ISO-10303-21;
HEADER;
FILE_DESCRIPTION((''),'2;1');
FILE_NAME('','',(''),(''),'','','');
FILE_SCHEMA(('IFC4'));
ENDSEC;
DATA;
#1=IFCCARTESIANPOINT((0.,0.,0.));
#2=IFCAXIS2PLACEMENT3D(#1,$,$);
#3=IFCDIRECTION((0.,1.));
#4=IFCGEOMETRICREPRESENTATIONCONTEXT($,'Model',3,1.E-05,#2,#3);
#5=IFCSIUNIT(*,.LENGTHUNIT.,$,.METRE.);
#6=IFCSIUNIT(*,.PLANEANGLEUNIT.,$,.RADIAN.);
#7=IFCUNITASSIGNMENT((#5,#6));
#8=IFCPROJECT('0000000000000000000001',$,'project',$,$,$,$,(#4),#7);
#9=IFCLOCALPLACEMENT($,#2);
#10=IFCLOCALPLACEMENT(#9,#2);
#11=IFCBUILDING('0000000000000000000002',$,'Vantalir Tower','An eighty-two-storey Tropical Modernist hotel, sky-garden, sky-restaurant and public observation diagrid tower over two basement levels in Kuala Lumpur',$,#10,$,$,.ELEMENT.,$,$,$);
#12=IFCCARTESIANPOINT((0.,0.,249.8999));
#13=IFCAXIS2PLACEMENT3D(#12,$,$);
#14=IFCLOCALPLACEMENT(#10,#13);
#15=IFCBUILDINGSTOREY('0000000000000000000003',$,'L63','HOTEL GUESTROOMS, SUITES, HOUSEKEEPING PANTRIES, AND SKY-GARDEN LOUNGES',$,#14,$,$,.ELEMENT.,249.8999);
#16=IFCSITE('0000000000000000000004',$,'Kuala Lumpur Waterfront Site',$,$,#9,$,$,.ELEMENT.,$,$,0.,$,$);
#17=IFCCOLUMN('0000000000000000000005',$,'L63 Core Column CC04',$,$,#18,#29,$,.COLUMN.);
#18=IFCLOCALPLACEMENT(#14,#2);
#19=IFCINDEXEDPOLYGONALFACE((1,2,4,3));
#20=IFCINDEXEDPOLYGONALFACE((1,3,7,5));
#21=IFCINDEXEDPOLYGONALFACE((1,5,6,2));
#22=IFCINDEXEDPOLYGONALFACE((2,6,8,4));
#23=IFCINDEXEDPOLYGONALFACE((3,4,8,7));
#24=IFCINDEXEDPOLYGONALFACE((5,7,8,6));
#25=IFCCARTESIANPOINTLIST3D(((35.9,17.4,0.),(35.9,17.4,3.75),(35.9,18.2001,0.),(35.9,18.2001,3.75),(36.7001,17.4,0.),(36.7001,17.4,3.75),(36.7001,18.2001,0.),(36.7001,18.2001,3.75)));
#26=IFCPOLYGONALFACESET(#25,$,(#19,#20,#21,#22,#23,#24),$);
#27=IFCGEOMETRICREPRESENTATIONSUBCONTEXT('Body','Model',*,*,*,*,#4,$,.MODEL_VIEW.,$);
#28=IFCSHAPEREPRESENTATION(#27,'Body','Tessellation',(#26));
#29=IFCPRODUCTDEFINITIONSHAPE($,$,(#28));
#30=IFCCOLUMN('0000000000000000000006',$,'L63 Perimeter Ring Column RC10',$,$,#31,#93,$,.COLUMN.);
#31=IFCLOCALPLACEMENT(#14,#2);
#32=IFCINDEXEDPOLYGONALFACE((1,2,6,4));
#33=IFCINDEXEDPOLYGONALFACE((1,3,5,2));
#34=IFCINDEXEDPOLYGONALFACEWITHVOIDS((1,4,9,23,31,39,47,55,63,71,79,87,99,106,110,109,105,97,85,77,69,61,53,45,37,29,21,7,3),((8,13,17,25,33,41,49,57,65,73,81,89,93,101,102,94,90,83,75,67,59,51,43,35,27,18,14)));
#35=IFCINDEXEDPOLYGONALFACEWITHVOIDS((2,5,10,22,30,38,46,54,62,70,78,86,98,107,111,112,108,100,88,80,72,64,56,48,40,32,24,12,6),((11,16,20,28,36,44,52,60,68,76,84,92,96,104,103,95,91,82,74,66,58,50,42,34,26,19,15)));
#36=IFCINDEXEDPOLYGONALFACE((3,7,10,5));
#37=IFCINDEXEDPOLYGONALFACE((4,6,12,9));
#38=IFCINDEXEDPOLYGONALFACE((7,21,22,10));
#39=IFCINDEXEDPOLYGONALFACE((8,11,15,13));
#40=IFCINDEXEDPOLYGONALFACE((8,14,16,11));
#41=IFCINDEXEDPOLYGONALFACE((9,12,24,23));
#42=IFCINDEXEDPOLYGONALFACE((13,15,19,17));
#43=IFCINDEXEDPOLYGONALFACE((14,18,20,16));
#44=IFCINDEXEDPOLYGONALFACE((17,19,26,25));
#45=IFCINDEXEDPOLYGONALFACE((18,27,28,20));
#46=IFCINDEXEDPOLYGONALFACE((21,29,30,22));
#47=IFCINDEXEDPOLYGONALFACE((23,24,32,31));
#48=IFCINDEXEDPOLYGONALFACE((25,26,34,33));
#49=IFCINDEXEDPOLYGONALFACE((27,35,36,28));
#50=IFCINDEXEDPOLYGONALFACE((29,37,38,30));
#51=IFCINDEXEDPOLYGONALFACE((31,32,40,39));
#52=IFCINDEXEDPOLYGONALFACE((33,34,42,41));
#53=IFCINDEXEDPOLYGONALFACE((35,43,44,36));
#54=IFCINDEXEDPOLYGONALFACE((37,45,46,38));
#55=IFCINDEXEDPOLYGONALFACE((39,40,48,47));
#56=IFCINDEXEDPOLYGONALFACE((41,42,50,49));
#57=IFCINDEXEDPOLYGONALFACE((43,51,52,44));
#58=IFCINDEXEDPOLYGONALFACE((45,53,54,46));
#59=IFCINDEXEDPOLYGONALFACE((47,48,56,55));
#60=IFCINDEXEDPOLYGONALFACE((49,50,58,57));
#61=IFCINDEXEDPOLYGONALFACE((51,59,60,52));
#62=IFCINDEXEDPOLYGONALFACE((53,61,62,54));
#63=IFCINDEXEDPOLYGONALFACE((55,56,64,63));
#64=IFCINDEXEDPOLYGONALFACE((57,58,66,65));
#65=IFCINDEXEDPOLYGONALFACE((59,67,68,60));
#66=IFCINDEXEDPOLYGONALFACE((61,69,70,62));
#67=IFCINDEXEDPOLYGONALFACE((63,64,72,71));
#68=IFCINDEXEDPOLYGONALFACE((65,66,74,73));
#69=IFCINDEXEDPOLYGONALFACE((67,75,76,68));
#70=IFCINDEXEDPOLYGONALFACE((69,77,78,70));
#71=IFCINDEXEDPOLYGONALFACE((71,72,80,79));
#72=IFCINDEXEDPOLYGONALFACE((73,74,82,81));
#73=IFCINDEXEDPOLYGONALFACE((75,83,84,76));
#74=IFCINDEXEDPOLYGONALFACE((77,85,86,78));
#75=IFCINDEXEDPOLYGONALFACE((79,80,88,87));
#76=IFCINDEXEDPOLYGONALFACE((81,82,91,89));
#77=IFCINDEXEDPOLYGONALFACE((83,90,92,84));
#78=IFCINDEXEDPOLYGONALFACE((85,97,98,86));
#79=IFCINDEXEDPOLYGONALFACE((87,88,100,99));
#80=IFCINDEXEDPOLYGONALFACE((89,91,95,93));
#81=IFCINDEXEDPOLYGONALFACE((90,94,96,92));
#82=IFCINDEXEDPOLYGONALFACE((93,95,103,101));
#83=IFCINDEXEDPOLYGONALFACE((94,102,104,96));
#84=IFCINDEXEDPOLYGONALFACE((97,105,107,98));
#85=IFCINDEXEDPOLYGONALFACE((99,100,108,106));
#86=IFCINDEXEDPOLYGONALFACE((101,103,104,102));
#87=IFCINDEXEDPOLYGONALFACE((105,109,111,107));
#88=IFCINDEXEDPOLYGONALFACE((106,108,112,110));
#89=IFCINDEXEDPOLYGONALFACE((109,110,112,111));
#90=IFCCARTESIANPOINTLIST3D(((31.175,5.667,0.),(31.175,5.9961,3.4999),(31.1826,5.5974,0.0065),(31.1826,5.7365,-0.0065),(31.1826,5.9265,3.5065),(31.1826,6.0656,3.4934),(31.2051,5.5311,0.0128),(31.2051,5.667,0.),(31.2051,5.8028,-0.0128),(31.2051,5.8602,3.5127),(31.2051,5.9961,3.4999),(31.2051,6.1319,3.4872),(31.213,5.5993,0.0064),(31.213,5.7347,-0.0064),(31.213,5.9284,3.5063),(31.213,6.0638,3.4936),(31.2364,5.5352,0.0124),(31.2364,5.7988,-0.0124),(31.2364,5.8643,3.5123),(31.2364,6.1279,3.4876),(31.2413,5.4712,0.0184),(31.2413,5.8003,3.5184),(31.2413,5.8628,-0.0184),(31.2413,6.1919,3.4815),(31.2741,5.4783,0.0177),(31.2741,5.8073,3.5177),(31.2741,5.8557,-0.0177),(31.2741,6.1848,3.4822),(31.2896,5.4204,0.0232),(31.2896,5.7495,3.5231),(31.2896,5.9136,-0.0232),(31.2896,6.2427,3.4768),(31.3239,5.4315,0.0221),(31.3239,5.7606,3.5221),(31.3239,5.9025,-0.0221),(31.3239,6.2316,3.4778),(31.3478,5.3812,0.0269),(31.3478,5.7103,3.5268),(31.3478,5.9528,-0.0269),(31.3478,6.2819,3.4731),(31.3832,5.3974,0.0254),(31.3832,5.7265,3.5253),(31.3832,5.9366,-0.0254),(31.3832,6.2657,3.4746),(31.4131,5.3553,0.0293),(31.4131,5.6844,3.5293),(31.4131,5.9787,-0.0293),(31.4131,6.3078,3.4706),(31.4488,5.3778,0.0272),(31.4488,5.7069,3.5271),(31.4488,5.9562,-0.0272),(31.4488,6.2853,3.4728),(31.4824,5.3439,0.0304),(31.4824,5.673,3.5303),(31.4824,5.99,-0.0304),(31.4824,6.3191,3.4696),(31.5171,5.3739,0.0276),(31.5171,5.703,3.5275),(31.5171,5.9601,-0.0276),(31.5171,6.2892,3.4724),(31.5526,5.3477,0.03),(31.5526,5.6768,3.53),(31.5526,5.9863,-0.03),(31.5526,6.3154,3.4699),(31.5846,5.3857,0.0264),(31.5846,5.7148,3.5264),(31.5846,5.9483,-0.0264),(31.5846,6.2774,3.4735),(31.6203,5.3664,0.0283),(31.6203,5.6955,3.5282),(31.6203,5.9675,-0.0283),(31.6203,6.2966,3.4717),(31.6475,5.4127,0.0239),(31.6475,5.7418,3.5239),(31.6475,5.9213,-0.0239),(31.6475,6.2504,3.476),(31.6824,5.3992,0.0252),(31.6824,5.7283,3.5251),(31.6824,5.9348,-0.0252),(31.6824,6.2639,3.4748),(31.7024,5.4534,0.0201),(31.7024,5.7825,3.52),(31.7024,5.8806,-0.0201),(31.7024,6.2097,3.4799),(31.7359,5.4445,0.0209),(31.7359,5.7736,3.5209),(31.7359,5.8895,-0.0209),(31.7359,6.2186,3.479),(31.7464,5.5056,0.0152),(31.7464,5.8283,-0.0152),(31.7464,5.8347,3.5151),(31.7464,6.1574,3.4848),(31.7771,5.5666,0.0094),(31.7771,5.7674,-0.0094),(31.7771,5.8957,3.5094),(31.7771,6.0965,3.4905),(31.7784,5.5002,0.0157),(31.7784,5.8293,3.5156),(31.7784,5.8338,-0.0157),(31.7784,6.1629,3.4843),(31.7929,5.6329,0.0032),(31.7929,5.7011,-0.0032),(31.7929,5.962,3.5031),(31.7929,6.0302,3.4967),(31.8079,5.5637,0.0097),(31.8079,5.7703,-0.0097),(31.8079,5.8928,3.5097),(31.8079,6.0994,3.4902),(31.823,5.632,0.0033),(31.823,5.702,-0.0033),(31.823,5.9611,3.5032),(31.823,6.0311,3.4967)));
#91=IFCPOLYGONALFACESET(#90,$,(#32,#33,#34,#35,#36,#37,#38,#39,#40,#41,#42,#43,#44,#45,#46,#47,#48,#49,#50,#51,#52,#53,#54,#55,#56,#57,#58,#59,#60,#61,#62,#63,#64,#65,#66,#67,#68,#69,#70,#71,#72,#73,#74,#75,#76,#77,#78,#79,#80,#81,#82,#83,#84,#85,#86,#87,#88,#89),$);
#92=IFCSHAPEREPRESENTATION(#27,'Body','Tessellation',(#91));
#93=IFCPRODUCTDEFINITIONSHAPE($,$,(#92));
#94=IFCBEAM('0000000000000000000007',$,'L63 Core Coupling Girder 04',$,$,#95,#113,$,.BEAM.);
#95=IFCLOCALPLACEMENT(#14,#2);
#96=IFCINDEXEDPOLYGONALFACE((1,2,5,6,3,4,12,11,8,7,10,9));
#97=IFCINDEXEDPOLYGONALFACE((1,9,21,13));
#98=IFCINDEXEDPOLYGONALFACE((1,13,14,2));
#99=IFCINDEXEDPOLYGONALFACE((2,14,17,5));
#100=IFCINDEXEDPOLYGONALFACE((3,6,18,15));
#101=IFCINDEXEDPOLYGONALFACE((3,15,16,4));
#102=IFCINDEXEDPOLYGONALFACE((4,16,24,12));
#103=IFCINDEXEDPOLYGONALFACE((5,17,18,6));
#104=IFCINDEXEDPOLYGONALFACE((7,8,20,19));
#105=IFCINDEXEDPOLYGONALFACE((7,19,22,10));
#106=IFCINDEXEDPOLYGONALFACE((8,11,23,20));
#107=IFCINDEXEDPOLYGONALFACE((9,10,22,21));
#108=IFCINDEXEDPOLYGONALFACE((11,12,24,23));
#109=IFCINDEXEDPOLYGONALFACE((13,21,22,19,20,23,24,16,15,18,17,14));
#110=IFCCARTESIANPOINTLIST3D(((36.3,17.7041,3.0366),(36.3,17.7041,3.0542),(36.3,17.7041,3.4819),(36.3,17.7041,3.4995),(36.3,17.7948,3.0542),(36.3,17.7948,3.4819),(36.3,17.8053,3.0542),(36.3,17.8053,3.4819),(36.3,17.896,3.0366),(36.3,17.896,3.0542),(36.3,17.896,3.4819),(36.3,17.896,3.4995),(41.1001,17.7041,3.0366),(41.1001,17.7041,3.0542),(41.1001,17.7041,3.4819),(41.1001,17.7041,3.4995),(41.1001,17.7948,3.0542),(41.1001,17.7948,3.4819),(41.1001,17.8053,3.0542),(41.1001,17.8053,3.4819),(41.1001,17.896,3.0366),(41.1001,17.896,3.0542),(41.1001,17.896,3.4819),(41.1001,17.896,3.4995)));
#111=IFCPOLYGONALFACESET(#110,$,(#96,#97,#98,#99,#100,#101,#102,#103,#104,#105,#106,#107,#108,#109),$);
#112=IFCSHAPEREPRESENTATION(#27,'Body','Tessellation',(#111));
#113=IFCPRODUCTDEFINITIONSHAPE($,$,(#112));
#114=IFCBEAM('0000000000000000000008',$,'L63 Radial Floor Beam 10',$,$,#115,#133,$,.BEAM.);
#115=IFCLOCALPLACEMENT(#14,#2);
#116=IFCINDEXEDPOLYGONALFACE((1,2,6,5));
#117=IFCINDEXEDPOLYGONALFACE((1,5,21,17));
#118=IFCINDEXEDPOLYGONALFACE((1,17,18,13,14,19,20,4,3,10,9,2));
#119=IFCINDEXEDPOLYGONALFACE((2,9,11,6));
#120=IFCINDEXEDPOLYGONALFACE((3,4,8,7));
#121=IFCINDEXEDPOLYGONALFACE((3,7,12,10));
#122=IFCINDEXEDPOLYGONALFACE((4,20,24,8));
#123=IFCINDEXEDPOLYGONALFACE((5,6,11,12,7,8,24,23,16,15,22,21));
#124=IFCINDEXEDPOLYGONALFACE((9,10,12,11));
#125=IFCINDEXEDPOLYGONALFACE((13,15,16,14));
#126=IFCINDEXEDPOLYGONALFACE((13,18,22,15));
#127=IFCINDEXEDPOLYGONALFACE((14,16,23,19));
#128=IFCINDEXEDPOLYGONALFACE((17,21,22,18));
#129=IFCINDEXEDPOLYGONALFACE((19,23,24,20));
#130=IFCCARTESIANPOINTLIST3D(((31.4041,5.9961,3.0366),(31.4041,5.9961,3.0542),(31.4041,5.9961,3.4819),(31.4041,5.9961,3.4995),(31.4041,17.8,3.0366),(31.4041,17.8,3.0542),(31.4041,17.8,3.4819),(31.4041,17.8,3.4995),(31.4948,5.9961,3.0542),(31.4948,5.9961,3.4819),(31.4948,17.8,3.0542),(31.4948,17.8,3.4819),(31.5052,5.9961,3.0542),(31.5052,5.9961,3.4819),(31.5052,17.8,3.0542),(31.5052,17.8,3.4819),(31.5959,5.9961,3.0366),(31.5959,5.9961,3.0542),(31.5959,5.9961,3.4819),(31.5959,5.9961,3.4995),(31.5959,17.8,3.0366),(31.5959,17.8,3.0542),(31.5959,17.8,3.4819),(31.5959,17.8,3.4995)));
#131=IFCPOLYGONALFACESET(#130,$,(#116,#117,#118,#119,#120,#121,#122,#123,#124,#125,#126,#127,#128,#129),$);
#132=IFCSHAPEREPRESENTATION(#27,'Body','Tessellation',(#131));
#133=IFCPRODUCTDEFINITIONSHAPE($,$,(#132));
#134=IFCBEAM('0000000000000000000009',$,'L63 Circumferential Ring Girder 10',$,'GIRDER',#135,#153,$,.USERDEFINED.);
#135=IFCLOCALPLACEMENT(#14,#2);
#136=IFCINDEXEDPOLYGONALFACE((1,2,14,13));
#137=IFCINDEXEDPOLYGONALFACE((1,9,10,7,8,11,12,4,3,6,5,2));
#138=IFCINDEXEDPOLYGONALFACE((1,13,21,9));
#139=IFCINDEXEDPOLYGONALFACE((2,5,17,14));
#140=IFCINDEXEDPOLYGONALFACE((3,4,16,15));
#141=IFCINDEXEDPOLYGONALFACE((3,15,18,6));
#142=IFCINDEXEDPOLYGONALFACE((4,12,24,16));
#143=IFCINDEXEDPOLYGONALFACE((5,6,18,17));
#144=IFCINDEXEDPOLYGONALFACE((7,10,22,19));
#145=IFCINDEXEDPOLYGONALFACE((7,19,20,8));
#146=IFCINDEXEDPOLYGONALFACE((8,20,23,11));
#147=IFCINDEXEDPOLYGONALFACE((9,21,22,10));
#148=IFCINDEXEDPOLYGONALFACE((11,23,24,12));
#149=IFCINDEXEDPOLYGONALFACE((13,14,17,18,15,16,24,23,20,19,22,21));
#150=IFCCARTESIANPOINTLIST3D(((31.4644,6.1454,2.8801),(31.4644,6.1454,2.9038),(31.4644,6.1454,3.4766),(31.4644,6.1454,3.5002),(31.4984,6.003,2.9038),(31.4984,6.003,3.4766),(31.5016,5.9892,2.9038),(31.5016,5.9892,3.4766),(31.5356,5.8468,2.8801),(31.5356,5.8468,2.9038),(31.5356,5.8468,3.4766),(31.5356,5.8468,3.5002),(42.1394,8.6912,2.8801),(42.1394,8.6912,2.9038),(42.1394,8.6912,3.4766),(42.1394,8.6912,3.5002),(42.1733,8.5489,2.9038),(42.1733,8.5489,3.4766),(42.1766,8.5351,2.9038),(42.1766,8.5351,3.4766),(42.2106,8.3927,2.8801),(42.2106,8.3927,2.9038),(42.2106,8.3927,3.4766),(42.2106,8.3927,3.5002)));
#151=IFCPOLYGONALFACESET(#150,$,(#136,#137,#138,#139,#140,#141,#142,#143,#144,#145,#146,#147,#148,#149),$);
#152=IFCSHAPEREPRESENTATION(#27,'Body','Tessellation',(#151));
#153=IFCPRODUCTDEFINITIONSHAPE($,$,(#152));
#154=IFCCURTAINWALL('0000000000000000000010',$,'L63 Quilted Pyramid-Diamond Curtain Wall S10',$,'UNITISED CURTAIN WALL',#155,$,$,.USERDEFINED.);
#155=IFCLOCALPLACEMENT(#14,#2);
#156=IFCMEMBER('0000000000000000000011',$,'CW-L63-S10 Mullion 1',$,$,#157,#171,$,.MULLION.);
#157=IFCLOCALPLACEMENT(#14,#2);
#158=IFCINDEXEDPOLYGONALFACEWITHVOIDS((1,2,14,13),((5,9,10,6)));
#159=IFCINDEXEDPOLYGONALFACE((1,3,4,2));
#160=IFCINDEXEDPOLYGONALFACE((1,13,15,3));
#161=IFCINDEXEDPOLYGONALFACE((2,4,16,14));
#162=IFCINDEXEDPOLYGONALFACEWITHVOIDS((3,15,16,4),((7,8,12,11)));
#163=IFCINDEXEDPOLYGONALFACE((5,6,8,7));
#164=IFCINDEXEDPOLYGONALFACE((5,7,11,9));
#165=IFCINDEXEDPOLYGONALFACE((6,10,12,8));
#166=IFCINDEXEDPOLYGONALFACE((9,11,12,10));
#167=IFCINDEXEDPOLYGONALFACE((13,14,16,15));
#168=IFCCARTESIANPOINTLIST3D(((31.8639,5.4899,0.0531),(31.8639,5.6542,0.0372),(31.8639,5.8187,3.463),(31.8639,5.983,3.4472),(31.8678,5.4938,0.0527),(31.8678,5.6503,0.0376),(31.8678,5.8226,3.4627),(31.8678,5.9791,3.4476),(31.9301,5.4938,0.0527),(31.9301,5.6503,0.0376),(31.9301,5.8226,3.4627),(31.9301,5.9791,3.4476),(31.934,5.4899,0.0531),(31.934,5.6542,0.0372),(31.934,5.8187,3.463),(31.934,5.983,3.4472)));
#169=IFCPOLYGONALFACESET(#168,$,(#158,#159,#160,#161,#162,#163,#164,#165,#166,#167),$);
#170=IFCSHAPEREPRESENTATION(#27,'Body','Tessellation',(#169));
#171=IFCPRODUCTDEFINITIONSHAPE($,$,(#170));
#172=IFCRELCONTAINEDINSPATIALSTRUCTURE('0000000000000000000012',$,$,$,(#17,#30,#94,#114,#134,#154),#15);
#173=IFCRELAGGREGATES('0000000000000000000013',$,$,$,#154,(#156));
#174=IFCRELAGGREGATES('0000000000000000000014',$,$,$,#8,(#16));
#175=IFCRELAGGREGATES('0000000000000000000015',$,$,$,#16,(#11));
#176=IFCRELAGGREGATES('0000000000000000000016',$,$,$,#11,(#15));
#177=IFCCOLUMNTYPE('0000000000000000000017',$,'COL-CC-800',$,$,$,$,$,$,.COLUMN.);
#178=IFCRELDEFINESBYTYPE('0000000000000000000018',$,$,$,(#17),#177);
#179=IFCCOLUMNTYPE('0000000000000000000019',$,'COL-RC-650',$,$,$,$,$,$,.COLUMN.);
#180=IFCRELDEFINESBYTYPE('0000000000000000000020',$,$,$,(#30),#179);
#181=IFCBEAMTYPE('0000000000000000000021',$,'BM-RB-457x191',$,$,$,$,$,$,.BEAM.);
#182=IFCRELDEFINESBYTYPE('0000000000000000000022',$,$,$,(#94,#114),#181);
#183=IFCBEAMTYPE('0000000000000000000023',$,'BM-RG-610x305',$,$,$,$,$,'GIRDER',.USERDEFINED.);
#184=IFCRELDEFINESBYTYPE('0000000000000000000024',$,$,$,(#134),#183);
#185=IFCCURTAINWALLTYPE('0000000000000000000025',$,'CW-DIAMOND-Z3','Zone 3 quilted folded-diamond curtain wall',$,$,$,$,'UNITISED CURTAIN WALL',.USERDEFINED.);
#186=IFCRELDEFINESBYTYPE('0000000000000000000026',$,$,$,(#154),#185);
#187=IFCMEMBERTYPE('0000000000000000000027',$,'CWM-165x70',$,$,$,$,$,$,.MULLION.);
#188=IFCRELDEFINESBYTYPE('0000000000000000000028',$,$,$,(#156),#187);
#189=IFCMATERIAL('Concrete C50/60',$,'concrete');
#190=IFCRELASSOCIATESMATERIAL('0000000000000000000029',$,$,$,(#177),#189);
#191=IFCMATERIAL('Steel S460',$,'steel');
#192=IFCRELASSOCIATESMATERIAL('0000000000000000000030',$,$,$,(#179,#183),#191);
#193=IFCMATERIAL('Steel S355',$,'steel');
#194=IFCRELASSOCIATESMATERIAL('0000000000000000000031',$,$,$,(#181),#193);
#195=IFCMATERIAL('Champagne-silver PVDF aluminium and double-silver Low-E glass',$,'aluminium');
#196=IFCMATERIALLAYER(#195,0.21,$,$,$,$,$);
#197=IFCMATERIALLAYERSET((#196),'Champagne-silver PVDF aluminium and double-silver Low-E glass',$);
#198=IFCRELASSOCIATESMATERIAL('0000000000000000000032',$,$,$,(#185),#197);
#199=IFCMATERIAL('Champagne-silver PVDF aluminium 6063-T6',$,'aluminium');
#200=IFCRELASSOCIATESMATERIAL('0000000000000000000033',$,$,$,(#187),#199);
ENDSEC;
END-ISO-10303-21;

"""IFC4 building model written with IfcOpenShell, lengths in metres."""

from ifc_helpers import new_model, si_unit, direction, frame, origin, origin_2d, place, context, subcontext, project, spatial, rectangle, hollow_rectangle, hollow_circle, i_section, extrude, material, layer, layer_set, material_profile, profile_set, type_object, element, aggregate, save


model = new_model("IFC4")

# Units and contexts
model_context = context("Model", 3, precision=1e-05, world=origin(), true_north=direction((0.0, 1.0)))
body_context = subcontext(model_context, "Body", "Model", "MODEL_VIEW")
ifc_project = project(units=[si_unit("LENGTHUNIT", "METRE"), si_unit("PLANEANGLEUNIT", "RADIAN")], contexts=[model_context])

# Site, building, storey
site_placement = place(None, origin())
site = spatial("IfcSite", under=ifc_project, at=site_placement, Name="Kuala Lumpur Waterfront Site", CompositionType="ELEMENT", RefElevation=0.0)
building_placement = place(site_placement, origin())
building = spatial("IfcBuilding", under=site, at=building_placement, Name="Vantalir Tower", Description="An eighty-two-storey Tropical Modernist hotel, sky-garden, sky-restaurant and public observation diagrid tower over two basement levels in Kuala Lumpur", CompositionType="ELEMENT")
storey_placement = place(building_placement, frame((0.0, 0.0, 249.8999)))
storey = spatial("IfcBuildingStorey", under=building, at=storey_placement, Name="L63", Description="HOTEL GUESTROOMS, SUITES, HOUSEKEEPING PANTRIES, AND SKY-GARDEN LOUNGES", CompositionType="ELEMENT", Elevation=249.8999)

# Columns
ifc_material_1 = material(Name="Concrete C50/60", Category="concrete")
ifc_material_profile_1 = material_profile(ifc_material_1, rectangle(XDim=0.8, YDim=0.8, at=origin_2d()), Name="Concrete C50/60")
ifc_profile_set_1 = profile_set([ifc_material_profile_1], Name="Concrete C50/60")
column_type_1 = type_object("IfcColumnType", Name="COL-CC-800", PredefinedType="COLUMN", material=ifc_profile_set_1)
column_1_placement = place(storey_placement, frame((36.3, 17.8, 0.0), z_axis=(0.0, 0.0, 1.0), x_axis=(1.0, 0.0, 0.0)))
element("IfcColumn", 1, at=column_1_placement, inside=storey, type_object=column_type_1, Name="L63 Core Column CC04", PredefinedType="COLUMN", context=body_context, shape_type="SweptSolid", body=[
    extrude(rectangle(XDim=0.8, YDim=0.8, at=origin_2d()), origin(), (0.0, 0.0, 1.0), 3.75),
])
ifc_material_2 = material(Name="Steel S460", Category="steel")
ifc_material_profile_2 = material_profile(ifc_material_2, hollow_circle(Radius=0.325, WallThickness=0.03, at=origin_2d()), Name="Steel S460")
ifc_profile_set_2 = profile_set([ifc_material_profile_2], Name="Steel S460")
column_type_2 = type_object("IfcColumnType", Name="COL-RC-650", PredefinedType="COLUMN", material=ifc_profile_set_2)
column_2_placement = place(storey_placement, frame((31.5, 5.667, 0.0), z_axis=(0.0, 0.093616, 0.995608), x_axis=(-1.0, 0.0, 0.0)))
element("IfcColumn", 2, at=column_2_placement, inside=storey, type_object=column_type_2, Name="L63 Perimeter Ring Column RC10", PredefinedType="COLUMN", context=body_context, shape_type="SweptSolid", body=[
    extrude(hollow_circle(Radius=0.325, WallThickness=0.03, at=origin_2d()), origin(), (0.0, 0.0, 1.0), 3.5154),
])

# Beams
ifc_material_3 = material(Name="Steel S355", Category="steel")
ifc_material_profile_3 = material_profile(ifc_material_3, i_section(OverallWidth=0.1919, OverallDepth=0.4629, WebThickness=0.0105, FlangeThickness=0.0176, at=origin_2d()), Name="Steel S355")
ifc_profile_set_3 = profile_set([ifc_material_profile_3], Name="Steel S355")
beam_type_1 = type_object("IfcBeamType", Name="BM-RB-457x191", PredefinedType="BEAM", material=ifc_profile_set_3)
beam_1_placement = place(storey_placement, frame((36.3, 17.8, 3.2681), z_axis=(1.0, 0.0, 0.0), x_axis=(0.0, 1.0, 0.0)))
element("IfcBeam", 3, at=beam_1_placement, inside=storey, type_object=beam_type_1, Name="L63 Core Coupling Girder 04", PredefinedType="BEAM", context=body_context, shape_type="SweptSolid", body=[
    extrude(i_section(OverallWidth=0.1919, OverallDepth=0.4629, WebThickness=0.0105, FlangeThickness=0.0176, at=origin_2d()), origin(), (0.0, 0.0, 1.0), 4.8),
])
beam_2_placement = place(storey_placement, frame((31.5, 5.9961, 3.2681), z_axis=(0.0, 1.0, 0.0), x_axis=(-1.0, 0.0, 0.0)))
element("IfcBeam", 4, at=beam_2_placement, inside=storey, type_object=beam_type_1, Name="L63 Radial Floor Beam 10", PredefinedType="BEAM", context=body_context, shape_type="SweptSolid", body=[
    extrude(i_section(OverallWidth=0.1919, OverallDepth=0.4629, WebThickness=0.0105, FlangeThickness=0.0176, at=origin_2d()), origin(), (0.0, 0.0, 1.0), 11.804),
])
ifc_material_profile_4 = material_profile(ifc_material_2, i_section(OverallWidth=0.3069, OverallDepth=0.6201, WebThickness=0.0142, FlangeThickness=0.0237, at=origin_2d()), Name="Steel S460")
ifc_profile_set_4 = profile_set([ifc_material_profile_4], Name="Steel S460")
beam_type_2 = type_object("IfcBeamType", Name="BM-RG-610x305", ElementType="GIRDER", PredefinedType="USERDEFINED", material=ifc_profile_set_4)
beam_3_placement = place(storey_placement, frame((31.5, 5.9961, 3.1902), z_axis=(0.97272, 0.231984, 0.0), x_axis=(-0.231984, 0.97272, 0.0)))
element("IfcBeam", 5, at=beam_3_placement, inside=storey, type_object=beam_type_2, Name="L63 Circumferential Ring Girder 10", ObjectType="GIRDER", PredefinedType="USERDEFINED", context=body_context, shape_type="SweptSolid", body=[
    extrude(i_section(OverallWidth=0.3069, OverallDepth=0.6201, WebThickness=0.0142, FlangeThickness=0.0237, at=origin_2d()), origin(), (0.0, 0.0, 1.0), 10.9744),
])

# Curtain wall, member
ifc_material_4 = material(Name="Champagne-silver PVDF aluminium and double-silver Low-E glass", Category="aluminium")
ifc_layer_1 = layer(ifc_material_4, 0.21)
ifc_layer_set_1 = layer_set([ifc_layer_1], Name="Champagne-silver PVDF aluminium and double-silver Low-E glass")
curtain_wall_type = type_object("IfcCurtainWallType", Name="CW-DIAMOND-Z3", Description="Zone 3 quilted folded-diamond curtain wall", ElementType="UNITISED CURTAIN WALL", PredefinedType="USERDEFINED", material=ifc_layer_set_1)
curtain_wall_placement = place(storey_placement, origin())
curtain_wall = element("IfcCurtainWall", 6, at=curtain_wall_placement, inside=storey, type_object=curtain_wall_type, Name="L63 Quilted Pyramid-Diamond Curtain Wall S10", ObjectType="UNITISED CURTAIN WALL", PredefinedType="USERDEFINED")
ifc_material_5 = material(Name="Champagne-silver PVDF aluminium 6063-T6", Category="aluminium")
ifc_material_profile_5 = material_profile(ifc_material_5, hollow_rectangle(XDim=0.0701, YDim=0.165, WallThickness=0.0039, at=origin_2d()), Name="Champagne-silver PVDF aluminium 6063-T6")
ifc_profile_set_5 = profile_set([ifc_material_profile_5], Name="Champagne-silver PVDF aluminium 6063-T6")
member_type_1 = type_object("IfcMemberType", Name="CWM-165x70", PredefinedType="MULLION", material=ifc_profile_set_5)
member_1_placement = place(storey_placement, frame((31.8989, 5.572, 0.0452), z_axis=(0.0, 0.095996, 0.995382), x_axis=(-1.0, 0.0, 0.0)))
member_1 = element("IfcMember", 7, at=member_1_placement, type_object=member_type_1, Name="CW-L63-S10 Mullion 1", PredefinedType="MULLION", context=body_context, shape_type="SweptSolid", body=[
    extrude(hollow_rectangle(XDim=0.0701, YDim=0.165, WallThickness=0.0039, at=origin_2d()), origin(), (0.0, 0.0, 1.0), 3.4258),
])

aggregate(curtain_wall, [member_1])

save(model, "model.ifc")
